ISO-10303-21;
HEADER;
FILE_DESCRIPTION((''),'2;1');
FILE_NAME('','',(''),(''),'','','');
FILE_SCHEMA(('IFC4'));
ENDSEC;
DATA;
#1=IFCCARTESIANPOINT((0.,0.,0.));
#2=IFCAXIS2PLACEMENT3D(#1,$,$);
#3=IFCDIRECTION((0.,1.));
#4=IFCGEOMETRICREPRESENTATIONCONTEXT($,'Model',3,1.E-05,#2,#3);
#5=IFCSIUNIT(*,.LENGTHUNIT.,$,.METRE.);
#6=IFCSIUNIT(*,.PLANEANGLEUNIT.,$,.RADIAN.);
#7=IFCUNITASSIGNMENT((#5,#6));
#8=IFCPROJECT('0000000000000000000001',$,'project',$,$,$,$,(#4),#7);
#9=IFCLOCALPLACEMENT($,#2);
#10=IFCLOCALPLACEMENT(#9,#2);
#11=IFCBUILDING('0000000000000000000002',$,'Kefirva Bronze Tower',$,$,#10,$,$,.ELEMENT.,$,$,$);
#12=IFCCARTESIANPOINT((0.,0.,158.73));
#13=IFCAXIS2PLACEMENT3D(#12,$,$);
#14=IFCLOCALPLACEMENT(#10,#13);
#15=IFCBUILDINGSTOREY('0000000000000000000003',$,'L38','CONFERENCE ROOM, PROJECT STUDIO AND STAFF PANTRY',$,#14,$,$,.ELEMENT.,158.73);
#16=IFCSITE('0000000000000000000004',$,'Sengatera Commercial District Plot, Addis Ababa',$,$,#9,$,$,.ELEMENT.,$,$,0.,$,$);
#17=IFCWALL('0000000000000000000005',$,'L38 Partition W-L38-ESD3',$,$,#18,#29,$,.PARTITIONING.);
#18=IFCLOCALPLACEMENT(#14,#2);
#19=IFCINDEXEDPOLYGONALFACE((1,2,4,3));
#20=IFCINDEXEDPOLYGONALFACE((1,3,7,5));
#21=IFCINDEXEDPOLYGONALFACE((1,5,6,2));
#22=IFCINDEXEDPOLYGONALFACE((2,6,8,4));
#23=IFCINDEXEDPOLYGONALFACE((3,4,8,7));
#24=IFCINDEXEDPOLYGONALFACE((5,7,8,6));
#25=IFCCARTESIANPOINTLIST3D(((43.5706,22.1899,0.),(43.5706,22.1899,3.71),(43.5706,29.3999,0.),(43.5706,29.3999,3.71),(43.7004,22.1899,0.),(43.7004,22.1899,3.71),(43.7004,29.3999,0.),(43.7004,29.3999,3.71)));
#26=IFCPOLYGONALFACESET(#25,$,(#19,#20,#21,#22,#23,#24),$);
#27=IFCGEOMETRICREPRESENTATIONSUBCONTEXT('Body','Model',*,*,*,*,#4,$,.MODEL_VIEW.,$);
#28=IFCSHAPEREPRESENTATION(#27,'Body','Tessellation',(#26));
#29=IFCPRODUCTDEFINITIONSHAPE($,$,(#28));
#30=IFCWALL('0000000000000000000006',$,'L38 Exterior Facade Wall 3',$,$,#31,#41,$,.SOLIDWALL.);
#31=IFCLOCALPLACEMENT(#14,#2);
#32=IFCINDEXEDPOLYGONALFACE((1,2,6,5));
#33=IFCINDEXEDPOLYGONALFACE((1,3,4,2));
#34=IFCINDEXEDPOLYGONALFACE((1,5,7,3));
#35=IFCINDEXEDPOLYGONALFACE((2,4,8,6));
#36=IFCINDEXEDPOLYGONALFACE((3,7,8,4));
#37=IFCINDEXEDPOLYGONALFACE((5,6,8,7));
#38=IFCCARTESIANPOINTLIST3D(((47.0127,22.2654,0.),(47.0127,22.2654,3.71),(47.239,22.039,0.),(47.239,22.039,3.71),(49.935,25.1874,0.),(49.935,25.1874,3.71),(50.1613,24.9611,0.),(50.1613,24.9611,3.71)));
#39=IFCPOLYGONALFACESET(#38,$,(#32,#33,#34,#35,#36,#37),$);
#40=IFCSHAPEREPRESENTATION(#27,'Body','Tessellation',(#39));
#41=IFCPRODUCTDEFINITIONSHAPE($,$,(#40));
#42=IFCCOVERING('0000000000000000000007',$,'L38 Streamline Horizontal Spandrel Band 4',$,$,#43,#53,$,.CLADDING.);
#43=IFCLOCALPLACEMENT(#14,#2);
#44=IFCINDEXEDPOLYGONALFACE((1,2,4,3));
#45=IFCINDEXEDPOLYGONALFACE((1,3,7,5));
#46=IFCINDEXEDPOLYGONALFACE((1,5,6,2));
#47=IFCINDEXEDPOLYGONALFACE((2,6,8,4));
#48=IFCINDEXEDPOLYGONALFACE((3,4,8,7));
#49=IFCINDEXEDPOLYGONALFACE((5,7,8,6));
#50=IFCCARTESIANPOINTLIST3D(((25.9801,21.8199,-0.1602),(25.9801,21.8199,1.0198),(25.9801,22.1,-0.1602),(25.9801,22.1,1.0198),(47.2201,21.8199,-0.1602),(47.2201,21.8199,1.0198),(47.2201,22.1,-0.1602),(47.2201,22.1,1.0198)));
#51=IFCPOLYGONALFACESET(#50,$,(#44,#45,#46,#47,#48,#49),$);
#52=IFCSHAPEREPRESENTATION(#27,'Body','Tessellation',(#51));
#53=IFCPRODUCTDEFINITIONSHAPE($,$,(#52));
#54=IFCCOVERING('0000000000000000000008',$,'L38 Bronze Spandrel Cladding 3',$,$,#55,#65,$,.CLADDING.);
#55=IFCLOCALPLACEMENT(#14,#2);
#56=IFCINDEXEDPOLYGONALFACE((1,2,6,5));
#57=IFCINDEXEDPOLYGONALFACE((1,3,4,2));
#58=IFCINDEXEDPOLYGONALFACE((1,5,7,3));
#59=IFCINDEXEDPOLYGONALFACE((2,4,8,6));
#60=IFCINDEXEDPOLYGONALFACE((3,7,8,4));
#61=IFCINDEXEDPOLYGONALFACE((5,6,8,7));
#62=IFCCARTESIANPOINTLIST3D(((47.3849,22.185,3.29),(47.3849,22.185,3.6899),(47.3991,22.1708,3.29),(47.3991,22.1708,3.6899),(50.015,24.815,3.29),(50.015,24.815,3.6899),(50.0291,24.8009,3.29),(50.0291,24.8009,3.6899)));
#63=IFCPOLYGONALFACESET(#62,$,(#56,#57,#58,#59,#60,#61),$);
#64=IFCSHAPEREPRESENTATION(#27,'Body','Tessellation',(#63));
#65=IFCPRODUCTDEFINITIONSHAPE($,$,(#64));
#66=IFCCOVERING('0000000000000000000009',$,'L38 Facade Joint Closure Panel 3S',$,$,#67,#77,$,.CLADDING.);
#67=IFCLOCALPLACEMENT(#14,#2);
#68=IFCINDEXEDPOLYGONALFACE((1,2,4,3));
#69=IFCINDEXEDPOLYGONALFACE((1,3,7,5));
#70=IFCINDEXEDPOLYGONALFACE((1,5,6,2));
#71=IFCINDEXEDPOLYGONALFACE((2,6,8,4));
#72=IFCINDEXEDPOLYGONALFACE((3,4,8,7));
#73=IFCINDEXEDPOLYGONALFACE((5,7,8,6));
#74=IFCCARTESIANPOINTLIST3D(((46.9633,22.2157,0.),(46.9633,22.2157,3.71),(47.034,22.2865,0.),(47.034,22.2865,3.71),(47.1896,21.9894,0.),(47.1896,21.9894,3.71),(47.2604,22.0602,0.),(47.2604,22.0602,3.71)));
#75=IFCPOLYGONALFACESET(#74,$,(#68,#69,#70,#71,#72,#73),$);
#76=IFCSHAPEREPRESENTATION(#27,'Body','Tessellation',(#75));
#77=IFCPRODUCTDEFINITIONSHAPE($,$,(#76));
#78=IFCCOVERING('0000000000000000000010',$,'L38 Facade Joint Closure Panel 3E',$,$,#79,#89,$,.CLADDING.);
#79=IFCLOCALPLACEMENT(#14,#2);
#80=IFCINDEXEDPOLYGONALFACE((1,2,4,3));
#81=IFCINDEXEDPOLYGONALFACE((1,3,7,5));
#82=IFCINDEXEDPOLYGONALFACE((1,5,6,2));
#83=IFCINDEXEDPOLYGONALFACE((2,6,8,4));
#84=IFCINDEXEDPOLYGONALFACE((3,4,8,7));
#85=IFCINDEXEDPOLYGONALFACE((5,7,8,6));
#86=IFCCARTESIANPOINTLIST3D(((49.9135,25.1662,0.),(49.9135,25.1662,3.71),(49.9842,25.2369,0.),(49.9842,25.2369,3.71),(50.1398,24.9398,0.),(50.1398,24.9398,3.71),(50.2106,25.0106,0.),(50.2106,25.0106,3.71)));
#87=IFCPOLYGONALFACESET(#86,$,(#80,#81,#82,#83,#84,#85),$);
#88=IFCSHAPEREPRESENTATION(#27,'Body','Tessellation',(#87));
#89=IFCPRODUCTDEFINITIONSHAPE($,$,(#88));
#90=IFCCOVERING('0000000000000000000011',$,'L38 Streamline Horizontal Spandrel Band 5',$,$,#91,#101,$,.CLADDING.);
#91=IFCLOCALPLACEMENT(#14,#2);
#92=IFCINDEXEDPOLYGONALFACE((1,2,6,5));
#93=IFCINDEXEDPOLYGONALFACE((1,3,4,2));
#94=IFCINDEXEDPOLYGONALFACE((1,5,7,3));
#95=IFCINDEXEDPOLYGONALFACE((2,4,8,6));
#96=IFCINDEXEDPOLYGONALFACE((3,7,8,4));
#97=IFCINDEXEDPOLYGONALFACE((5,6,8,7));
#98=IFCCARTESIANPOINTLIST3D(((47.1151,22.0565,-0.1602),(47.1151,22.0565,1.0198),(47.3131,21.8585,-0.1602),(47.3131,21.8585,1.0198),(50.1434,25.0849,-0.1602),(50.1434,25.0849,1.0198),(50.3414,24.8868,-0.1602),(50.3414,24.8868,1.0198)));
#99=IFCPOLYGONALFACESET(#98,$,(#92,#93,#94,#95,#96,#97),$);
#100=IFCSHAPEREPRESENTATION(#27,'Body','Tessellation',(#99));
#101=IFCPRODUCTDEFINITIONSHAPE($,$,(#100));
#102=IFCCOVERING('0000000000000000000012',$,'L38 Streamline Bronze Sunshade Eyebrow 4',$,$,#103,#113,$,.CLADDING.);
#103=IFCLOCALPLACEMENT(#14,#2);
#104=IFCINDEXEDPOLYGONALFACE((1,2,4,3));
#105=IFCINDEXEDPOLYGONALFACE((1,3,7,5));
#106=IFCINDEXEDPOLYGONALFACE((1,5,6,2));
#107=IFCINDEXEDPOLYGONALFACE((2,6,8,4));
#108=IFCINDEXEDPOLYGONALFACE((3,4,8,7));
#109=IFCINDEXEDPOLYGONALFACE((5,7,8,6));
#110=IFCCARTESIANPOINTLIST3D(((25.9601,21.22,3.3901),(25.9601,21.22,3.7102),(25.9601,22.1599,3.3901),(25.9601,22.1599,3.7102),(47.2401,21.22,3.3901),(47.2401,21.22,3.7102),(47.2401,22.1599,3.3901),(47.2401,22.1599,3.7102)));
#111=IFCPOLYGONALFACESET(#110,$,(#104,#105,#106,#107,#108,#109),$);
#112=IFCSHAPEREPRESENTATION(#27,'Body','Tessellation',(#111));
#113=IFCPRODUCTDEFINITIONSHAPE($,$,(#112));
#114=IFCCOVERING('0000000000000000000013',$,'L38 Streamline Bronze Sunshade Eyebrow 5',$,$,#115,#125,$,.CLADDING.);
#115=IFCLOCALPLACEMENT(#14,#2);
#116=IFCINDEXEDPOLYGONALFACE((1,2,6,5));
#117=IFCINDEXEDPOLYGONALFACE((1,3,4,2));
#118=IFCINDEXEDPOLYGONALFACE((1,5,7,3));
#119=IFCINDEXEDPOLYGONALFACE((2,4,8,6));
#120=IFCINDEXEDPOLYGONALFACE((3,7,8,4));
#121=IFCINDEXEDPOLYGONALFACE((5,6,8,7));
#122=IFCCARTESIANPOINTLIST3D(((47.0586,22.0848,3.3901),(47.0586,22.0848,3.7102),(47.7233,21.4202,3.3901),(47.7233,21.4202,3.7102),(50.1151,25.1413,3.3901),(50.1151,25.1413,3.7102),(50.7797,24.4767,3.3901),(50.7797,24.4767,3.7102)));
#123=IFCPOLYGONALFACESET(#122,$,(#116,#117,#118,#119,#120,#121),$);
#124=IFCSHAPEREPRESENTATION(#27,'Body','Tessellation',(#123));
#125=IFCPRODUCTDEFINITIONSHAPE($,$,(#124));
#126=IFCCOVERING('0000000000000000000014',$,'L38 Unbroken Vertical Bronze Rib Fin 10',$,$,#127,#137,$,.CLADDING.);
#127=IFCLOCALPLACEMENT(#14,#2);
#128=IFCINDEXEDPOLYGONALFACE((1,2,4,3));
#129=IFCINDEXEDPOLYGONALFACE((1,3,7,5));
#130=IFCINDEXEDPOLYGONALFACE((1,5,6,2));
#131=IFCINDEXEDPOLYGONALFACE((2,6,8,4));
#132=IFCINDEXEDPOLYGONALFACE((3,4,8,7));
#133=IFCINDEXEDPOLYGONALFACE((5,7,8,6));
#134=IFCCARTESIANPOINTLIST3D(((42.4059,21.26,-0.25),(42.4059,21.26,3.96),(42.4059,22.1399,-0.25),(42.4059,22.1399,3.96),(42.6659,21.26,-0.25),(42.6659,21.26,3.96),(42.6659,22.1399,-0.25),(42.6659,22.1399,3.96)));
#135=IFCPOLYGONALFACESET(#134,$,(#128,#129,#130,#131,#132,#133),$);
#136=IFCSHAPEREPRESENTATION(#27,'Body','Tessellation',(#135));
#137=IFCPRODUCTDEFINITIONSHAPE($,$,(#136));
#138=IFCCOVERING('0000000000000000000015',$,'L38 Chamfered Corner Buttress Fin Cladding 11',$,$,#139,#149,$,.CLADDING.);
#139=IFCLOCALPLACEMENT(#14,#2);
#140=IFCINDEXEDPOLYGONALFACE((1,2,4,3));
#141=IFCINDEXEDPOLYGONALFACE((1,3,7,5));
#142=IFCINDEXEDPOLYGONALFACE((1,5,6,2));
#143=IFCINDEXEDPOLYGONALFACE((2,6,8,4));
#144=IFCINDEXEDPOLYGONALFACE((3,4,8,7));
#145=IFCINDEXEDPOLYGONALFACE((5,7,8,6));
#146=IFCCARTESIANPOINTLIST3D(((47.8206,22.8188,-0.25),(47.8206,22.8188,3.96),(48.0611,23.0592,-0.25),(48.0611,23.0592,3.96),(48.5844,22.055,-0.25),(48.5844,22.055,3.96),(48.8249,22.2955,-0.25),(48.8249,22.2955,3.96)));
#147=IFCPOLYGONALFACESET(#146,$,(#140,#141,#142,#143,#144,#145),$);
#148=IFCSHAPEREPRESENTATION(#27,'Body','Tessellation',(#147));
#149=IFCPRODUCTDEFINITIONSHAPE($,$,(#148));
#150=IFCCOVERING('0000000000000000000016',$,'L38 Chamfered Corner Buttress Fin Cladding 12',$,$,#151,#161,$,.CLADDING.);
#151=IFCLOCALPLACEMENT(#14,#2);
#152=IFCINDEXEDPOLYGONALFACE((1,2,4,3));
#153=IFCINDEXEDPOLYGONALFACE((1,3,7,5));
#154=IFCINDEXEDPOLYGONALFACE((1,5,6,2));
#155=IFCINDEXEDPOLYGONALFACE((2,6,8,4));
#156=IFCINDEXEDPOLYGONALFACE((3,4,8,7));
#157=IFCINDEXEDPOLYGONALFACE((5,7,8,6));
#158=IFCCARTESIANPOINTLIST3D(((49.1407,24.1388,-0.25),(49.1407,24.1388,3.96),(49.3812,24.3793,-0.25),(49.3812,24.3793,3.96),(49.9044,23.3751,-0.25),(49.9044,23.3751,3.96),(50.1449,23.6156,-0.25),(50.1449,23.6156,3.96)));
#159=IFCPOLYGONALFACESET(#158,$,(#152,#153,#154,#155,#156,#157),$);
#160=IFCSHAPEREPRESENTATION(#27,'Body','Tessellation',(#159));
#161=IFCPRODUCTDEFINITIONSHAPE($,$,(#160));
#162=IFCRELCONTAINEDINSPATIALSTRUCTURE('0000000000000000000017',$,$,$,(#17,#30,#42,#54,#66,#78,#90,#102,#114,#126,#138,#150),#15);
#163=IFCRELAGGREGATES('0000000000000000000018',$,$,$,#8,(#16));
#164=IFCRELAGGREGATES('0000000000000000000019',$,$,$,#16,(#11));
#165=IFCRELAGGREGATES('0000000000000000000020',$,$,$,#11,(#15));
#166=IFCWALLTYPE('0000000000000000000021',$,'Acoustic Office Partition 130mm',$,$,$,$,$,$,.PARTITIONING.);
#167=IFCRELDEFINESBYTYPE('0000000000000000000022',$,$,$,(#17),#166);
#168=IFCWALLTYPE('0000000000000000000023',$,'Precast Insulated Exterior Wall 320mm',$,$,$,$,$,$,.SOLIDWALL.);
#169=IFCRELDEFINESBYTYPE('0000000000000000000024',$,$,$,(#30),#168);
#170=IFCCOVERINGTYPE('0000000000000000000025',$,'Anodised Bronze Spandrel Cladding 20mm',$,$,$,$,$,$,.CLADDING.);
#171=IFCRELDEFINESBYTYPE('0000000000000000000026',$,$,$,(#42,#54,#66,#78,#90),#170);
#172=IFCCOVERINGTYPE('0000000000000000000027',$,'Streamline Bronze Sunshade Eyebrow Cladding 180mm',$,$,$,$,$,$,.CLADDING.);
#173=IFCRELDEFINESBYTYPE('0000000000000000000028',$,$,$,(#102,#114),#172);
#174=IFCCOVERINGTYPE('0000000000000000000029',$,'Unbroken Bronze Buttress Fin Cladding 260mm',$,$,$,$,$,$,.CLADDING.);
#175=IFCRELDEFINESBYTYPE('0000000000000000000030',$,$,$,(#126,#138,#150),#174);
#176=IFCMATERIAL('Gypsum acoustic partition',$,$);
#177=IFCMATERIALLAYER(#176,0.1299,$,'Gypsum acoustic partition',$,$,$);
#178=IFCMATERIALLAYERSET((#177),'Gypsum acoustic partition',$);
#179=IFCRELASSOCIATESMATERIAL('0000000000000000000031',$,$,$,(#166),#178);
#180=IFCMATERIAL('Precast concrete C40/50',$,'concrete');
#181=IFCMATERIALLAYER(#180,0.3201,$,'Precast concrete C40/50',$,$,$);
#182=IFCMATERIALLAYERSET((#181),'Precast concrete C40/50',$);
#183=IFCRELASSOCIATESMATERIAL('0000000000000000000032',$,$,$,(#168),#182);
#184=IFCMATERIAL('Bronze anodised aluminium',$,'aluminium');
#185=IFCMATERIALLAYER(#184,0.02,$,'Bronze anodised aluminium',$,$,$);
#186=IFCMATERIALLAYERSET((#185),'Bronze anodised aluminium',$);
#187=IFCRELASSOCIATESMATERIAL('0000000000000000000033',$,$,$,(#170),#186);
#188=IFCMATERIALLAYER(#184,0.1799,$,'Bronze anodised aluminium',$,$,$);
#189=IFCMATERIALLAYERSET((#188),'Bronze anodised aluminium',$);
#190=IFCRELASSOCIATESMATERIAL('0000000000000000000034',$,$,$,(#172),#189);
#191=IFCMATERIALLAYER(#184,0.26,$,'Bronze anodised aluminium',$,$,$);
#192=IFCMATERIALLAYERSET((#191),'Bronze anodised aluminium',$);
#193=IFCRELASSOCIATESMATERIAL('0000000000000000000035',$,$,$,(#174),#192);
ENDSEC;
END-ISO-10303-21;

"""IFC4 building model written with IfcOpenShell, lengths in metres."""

from ifc_helpers import new_model, si_unit, direction, frame, frame_2d, origin, origin_2d, place, context, subcontext, project, spatial, rectangle, extrude, material, layer, layer_set, type_object, element, save


model = new_model("IFC4")

# Units and contexts
model_context = context("Model", 3, precision=1e-05, world=origin(), true_north=direction((0.0, 1.0)))
body_context = subcontext(model_context, "Body", "Model", "MODEL_VIEW")
ifc_project = project(units=[si_unit("LENGTHUNIT", "METRE"), si_unit("PLANEANGLEUNIT", "RADIAN")], contexts=[model_context])

# Site, building, storey
site_placement = place(None, origin())
site = spatial("IfcSite", under=ifc_project, at=site_placement, Name="Sengatera Commercial District Plot, Addis Ababa", CompositionType="ELEMENT", RefElevation=0.0)
building_placement = place(site_placement, origin())
building = spatial("IfcBuilding", under=site, at=building_placement, Name="Kefirva Bronze Tower", CompositionType="ELEMENT")
storey_placement = place(building_placement, frame((0.0, 0.0, 158.73)))
storey = spatial("IfcBuildingStorey", under=building, at=storey_placement, Name="L38", Description="CONFERENCE ROOM, PROJECT STUDIO AND STAFF PANTRY", CompositionType="ELEMENT", Elevation=158.73)

# Shared definitions
ifc_material_1 = material(Name="Bronze anodised aluminium", Category="aluminium")

# Walls
ifc_material_2 = material(Name="Gypsum acoustic partition")
ifc_layer_1 = layer(ifc_material_2, 0.1299, Name="Gypsum acoustic partition")
ifc_layer_set_1 = layer_set([ifc_layer_1], Name="Gypsum acoustic partition")
wall_type_1 = type_object("IfcWallType", Name="Acoustic Office Partition 130mm", PredefinedType="PARTITIONING", material=ifc_layer_set_1)
wall_1_placement = place(storey_placement, frame((43.6355, 22.1899, 0.0), z_axis=(0.0, 0.0, 1.0), x_axis=(0.0, 1.0, 0.0)))
element("IfcWall", 1, at=wall_1_placement, inside=storey, type_object=wall_type_1, Name="L38 Partition W-L38-ESD3", PredefinedType="PARTITIONING", context=body_context, shape_type="SweptSolid", body=[
    extrude(rectangle(XDim=7.21, YDim=0.1299, at=frame_2d((3.605, 0.0))), origin(), (0.0, 0.0, 1.0), 3.71),
])
ifc_material_3 = material(Name="Precast concrete C40/50", Category="concrete")
ifc_layer_2 = layer(ifc_material_3, 0.3201, Name="Precast concrete C40/50")
ifc_layer_set_2 = layer_set([ifc_layer_2], Name="Precast concrete C40/50")
wall_type_2 = type_object("IfcWallType", Name="Precast Insulated Exterior Wall 320mm", PredefinedType="SOLIDWALL", material=ifc_layer_set_2)
wall_2_placement = place(storey_placement, frame((47.1257, 22.1521, 0.0), z_axis=(0.0, 0.0, 1.0), x_axis=(0.707136, 0.707077, 0.0)))
element("IfcWall", 2, at=wall_2_placement, inside=storey, type_object=wall_type_2, Name="L38 Exterior Facade Wall 3", PredefinedType="SOLIDWALL", context=body_context, shape_type="SweptSolid", body=[
    extrude(rectangle(XDim=4.1326, YDim=0.3201, at=frame_2d((2.0664, 0.0))), origin(), (0.0, 0.0, 1.0), 3.71),
])

# Coverings
ifc_layer_3 = layer(ifc_material_1, 0.02, Name="Bronze anodised aluminium")
ifc_layer_set_3 = layer_set([ifc_layer_3], Name="Bronze anodised aluminium")
covering_type_1 = type_object("IfcCoveringType", Name="Anodised Bronze Spandrel Cladding 20mm", PredefinedType="CLADDING", material=ifc_layer_set_3)
covering_1_placement = place(storey_placement, frame((36.6001, 21.96, -0.1602), z_axis=(0.0, 0.0, 1.0), x_axis=(1.0, 0.0, 0.0)))
element("IfcCovering", 3, at=covering_1_placement, inside=storey, type_object=covering_type_1, Name="L38 Streamline Horizontal Spandrel Band 4", PredefinedType="CLADDING", context=body_context, shape_type="SweptSolid", body=[
    extrude(rectangle(XDim=21.24, YDim=0.28, at=origin_2d()), origin(), (0.0, 0.0, 1.0), 1.1799),
])
covering_2_placement = place(storey_placement, frame((48.707, 23.4929, 3.29), z_axis=(0.0, 0.0, 1.0), x_axis=(0.707107, 0.707107, 0.0)))
element("IfcCovering", 4, at=covering_2_placement, inside=storey, type_object=covering_type_1, Name="L38 Bronze Spandrel Cladding 3", PredefinedType="CLADDING", context=body_context, shape_type="SweptSolid", body=[
    extrude(rectangle(XDim=3.7195, YDim=0.02, at=origin_2d()), origin(), (0.0, 0.0, 1.0), 0.3999),
])
for number, where, z_axis, x_axis, name in (
    (5, (47.1118, 22.1379, 0.0), (0.0, 0.0, 1.0), (0.707107, 0.707107, 0.0), "L38 Facade Joint Closure Panel 3S"),
    (6, (50.062, 25.0884, 0.0), (0.0, 0.0, 1.0), (0.707107, 0.707107, 0.0), "L38 Facade Joint Closure Panel 3E"),
):
    element("IfcCovering", number, at=place(storey_placement, frame(where, z_axis=z_axis, x_axis=x_axis)), inside=storey, type_object=covering_type_1, Name=name, PredefinedType="CLADDING", context=body_context, shape_type="SweptSolid", body=[
        extrude(rectangle(XDim=0.1001, YDim=0.3201, at=origin_2d()), origin(), (0.0, 0.0, 1.0), 3.71),
    ])
covering_3_placement = place(storey_placement, frame((48.7283, 23.4717, -0.1602), z_axis=(0.0, 0.0, 1.0), x_axis=(0.707107, 0.707107, 0.0)))
element("IfcCovering", 7, at=covering_3_placement, inside=storey, type_object=covering_type_1, Name="L38 Streamline Horizontal Spandrel Band 5", PredefinedType="CLADDING", context=body_context, shape_type="SweptSolid", body=[
    extrude(rectangle(XDim=4.2827, YDim=0.28, at=origin_2d()), origin(), (0.0, 0.0, 1.0), 1.1799),
])
ifc_layer_4 = layer(ifc_material_1, 0.1799, Name="Bronze anodised aluminium")
ifc_layer_set_4 = layer_set([ifc_layer_4], Name="Bronze anodised aluminium")
covering_type_2 = type_object("IfcCoveringType", Name="Streamline Bronze Sunshade Eyebrow Cladding 180mm", PredefinedType="CLADDING", material=ifc_layer_set_4)
covering_4_placement = place(storey_placement, frame((36.6001, 21.6899, 3.3901), z_axis=(0.0, 0.0, 1.0), x_axis=(1.0, 0.0, 0.0)))
element("IfcCovering", 8, at=covering_4_placement, inside=storey, type_object=covering_type_2, Name="L38 Streamline Bronze Sunshade Eyebrow 4", PredefinedType="CLADDING", context=body_context, shape_type="SweptSolid", body=[
    extrude(rectangle(XDim=21.28, YDim=0.9399, at=origin_2d()), origin(), (0.0, 0.0, 1.0), 0.3201),
])
covering_5_placement = place(storey_placement, frame((48.9192, 23.2808, 3.3901), z_axis=(0.0, 0.0, 1.0), x_axis=(0.707107, 0.707107, 0.0)))
element("IfcCovering", 9, at=covering_5_placement, inside=storey, type_object=covering_type_2, Name="L38 Streamline Bronze Sunshade Eyebrow 5", PredefinedType="CLADDING", context=body_context, shape_type="SweptSolid", body=[
    extrude(rectangle(XDim=4.3225, YDim=0.9399, at=origin_2d()), origin(), (0.0, 0.0, 1.0), 0.3201),
])
ifc_layer_5 = layer(ifc_material_1, 0.26, Name="Bronze anodised aluminium")
ifc_layer_set_5 = layer_set([ifc_layer_5], Name="Bronze anodised aluminium")
covering_type_3 = type_object("IfcCoveringType", Name="Unbroken Bronze Buttress Fin Cladding 260mm", PredefinedType="CLADDING", material=ifc_layer_set_5)
covering_6_placement = place(storey_placement, frame((42.5359, 21.7, -0.25), z_axis=(0.0, 0.0, 1.0), x_axis=(1.0, 0.0, 0.0)))
element("IfcCovering", 10, at=covering_6_placement, inside=storey, type_object=covering_type_3, Name="L38 Unbroken Vertical Bronze Rib Fin 10", PredefinedType="CLADDING", context=body_context, shape_type="SweptSolid", body=[
    extrude(rectangle(XDim=0.26, YDim=0.8799, at=origin_2d()), origin(), (0.0, 0.0, 1.0), 4.21),
])
for number, where, z_axis, x_axis, name in (
    (11, (48.3228, 22.5571, -0.25), (0.0, 0.0, 1.0), (0.707107, 0.707107, 0.0), "L38 Chamfered Corner Buttress Fin Cladding 11"),
    (12, (49.6428, 23.8772, -0.25), (0.0, 0.0, 1.0), (0.707107, 0.707107, 0.0), "L38 Chamfered Corner Buttress Fin Cladding 12"),
):
    element("IfcCovering", number, at=place(storey_placement, frame(where, z_axis=z_axis, x_axis=x_axis)), inside=storey, type_object=covering_type_3, Name=name, PredefinedType="CLADDING", context=body_context, shape_type="SweptSolid", body=[
        extrude(rectangle(XDim=0.3401, YDim=1.0801, at=origin_2d()), origin(), (0.0, 0.0, 1.0), 4.21),
    ])

save(model, "model.ifc")
